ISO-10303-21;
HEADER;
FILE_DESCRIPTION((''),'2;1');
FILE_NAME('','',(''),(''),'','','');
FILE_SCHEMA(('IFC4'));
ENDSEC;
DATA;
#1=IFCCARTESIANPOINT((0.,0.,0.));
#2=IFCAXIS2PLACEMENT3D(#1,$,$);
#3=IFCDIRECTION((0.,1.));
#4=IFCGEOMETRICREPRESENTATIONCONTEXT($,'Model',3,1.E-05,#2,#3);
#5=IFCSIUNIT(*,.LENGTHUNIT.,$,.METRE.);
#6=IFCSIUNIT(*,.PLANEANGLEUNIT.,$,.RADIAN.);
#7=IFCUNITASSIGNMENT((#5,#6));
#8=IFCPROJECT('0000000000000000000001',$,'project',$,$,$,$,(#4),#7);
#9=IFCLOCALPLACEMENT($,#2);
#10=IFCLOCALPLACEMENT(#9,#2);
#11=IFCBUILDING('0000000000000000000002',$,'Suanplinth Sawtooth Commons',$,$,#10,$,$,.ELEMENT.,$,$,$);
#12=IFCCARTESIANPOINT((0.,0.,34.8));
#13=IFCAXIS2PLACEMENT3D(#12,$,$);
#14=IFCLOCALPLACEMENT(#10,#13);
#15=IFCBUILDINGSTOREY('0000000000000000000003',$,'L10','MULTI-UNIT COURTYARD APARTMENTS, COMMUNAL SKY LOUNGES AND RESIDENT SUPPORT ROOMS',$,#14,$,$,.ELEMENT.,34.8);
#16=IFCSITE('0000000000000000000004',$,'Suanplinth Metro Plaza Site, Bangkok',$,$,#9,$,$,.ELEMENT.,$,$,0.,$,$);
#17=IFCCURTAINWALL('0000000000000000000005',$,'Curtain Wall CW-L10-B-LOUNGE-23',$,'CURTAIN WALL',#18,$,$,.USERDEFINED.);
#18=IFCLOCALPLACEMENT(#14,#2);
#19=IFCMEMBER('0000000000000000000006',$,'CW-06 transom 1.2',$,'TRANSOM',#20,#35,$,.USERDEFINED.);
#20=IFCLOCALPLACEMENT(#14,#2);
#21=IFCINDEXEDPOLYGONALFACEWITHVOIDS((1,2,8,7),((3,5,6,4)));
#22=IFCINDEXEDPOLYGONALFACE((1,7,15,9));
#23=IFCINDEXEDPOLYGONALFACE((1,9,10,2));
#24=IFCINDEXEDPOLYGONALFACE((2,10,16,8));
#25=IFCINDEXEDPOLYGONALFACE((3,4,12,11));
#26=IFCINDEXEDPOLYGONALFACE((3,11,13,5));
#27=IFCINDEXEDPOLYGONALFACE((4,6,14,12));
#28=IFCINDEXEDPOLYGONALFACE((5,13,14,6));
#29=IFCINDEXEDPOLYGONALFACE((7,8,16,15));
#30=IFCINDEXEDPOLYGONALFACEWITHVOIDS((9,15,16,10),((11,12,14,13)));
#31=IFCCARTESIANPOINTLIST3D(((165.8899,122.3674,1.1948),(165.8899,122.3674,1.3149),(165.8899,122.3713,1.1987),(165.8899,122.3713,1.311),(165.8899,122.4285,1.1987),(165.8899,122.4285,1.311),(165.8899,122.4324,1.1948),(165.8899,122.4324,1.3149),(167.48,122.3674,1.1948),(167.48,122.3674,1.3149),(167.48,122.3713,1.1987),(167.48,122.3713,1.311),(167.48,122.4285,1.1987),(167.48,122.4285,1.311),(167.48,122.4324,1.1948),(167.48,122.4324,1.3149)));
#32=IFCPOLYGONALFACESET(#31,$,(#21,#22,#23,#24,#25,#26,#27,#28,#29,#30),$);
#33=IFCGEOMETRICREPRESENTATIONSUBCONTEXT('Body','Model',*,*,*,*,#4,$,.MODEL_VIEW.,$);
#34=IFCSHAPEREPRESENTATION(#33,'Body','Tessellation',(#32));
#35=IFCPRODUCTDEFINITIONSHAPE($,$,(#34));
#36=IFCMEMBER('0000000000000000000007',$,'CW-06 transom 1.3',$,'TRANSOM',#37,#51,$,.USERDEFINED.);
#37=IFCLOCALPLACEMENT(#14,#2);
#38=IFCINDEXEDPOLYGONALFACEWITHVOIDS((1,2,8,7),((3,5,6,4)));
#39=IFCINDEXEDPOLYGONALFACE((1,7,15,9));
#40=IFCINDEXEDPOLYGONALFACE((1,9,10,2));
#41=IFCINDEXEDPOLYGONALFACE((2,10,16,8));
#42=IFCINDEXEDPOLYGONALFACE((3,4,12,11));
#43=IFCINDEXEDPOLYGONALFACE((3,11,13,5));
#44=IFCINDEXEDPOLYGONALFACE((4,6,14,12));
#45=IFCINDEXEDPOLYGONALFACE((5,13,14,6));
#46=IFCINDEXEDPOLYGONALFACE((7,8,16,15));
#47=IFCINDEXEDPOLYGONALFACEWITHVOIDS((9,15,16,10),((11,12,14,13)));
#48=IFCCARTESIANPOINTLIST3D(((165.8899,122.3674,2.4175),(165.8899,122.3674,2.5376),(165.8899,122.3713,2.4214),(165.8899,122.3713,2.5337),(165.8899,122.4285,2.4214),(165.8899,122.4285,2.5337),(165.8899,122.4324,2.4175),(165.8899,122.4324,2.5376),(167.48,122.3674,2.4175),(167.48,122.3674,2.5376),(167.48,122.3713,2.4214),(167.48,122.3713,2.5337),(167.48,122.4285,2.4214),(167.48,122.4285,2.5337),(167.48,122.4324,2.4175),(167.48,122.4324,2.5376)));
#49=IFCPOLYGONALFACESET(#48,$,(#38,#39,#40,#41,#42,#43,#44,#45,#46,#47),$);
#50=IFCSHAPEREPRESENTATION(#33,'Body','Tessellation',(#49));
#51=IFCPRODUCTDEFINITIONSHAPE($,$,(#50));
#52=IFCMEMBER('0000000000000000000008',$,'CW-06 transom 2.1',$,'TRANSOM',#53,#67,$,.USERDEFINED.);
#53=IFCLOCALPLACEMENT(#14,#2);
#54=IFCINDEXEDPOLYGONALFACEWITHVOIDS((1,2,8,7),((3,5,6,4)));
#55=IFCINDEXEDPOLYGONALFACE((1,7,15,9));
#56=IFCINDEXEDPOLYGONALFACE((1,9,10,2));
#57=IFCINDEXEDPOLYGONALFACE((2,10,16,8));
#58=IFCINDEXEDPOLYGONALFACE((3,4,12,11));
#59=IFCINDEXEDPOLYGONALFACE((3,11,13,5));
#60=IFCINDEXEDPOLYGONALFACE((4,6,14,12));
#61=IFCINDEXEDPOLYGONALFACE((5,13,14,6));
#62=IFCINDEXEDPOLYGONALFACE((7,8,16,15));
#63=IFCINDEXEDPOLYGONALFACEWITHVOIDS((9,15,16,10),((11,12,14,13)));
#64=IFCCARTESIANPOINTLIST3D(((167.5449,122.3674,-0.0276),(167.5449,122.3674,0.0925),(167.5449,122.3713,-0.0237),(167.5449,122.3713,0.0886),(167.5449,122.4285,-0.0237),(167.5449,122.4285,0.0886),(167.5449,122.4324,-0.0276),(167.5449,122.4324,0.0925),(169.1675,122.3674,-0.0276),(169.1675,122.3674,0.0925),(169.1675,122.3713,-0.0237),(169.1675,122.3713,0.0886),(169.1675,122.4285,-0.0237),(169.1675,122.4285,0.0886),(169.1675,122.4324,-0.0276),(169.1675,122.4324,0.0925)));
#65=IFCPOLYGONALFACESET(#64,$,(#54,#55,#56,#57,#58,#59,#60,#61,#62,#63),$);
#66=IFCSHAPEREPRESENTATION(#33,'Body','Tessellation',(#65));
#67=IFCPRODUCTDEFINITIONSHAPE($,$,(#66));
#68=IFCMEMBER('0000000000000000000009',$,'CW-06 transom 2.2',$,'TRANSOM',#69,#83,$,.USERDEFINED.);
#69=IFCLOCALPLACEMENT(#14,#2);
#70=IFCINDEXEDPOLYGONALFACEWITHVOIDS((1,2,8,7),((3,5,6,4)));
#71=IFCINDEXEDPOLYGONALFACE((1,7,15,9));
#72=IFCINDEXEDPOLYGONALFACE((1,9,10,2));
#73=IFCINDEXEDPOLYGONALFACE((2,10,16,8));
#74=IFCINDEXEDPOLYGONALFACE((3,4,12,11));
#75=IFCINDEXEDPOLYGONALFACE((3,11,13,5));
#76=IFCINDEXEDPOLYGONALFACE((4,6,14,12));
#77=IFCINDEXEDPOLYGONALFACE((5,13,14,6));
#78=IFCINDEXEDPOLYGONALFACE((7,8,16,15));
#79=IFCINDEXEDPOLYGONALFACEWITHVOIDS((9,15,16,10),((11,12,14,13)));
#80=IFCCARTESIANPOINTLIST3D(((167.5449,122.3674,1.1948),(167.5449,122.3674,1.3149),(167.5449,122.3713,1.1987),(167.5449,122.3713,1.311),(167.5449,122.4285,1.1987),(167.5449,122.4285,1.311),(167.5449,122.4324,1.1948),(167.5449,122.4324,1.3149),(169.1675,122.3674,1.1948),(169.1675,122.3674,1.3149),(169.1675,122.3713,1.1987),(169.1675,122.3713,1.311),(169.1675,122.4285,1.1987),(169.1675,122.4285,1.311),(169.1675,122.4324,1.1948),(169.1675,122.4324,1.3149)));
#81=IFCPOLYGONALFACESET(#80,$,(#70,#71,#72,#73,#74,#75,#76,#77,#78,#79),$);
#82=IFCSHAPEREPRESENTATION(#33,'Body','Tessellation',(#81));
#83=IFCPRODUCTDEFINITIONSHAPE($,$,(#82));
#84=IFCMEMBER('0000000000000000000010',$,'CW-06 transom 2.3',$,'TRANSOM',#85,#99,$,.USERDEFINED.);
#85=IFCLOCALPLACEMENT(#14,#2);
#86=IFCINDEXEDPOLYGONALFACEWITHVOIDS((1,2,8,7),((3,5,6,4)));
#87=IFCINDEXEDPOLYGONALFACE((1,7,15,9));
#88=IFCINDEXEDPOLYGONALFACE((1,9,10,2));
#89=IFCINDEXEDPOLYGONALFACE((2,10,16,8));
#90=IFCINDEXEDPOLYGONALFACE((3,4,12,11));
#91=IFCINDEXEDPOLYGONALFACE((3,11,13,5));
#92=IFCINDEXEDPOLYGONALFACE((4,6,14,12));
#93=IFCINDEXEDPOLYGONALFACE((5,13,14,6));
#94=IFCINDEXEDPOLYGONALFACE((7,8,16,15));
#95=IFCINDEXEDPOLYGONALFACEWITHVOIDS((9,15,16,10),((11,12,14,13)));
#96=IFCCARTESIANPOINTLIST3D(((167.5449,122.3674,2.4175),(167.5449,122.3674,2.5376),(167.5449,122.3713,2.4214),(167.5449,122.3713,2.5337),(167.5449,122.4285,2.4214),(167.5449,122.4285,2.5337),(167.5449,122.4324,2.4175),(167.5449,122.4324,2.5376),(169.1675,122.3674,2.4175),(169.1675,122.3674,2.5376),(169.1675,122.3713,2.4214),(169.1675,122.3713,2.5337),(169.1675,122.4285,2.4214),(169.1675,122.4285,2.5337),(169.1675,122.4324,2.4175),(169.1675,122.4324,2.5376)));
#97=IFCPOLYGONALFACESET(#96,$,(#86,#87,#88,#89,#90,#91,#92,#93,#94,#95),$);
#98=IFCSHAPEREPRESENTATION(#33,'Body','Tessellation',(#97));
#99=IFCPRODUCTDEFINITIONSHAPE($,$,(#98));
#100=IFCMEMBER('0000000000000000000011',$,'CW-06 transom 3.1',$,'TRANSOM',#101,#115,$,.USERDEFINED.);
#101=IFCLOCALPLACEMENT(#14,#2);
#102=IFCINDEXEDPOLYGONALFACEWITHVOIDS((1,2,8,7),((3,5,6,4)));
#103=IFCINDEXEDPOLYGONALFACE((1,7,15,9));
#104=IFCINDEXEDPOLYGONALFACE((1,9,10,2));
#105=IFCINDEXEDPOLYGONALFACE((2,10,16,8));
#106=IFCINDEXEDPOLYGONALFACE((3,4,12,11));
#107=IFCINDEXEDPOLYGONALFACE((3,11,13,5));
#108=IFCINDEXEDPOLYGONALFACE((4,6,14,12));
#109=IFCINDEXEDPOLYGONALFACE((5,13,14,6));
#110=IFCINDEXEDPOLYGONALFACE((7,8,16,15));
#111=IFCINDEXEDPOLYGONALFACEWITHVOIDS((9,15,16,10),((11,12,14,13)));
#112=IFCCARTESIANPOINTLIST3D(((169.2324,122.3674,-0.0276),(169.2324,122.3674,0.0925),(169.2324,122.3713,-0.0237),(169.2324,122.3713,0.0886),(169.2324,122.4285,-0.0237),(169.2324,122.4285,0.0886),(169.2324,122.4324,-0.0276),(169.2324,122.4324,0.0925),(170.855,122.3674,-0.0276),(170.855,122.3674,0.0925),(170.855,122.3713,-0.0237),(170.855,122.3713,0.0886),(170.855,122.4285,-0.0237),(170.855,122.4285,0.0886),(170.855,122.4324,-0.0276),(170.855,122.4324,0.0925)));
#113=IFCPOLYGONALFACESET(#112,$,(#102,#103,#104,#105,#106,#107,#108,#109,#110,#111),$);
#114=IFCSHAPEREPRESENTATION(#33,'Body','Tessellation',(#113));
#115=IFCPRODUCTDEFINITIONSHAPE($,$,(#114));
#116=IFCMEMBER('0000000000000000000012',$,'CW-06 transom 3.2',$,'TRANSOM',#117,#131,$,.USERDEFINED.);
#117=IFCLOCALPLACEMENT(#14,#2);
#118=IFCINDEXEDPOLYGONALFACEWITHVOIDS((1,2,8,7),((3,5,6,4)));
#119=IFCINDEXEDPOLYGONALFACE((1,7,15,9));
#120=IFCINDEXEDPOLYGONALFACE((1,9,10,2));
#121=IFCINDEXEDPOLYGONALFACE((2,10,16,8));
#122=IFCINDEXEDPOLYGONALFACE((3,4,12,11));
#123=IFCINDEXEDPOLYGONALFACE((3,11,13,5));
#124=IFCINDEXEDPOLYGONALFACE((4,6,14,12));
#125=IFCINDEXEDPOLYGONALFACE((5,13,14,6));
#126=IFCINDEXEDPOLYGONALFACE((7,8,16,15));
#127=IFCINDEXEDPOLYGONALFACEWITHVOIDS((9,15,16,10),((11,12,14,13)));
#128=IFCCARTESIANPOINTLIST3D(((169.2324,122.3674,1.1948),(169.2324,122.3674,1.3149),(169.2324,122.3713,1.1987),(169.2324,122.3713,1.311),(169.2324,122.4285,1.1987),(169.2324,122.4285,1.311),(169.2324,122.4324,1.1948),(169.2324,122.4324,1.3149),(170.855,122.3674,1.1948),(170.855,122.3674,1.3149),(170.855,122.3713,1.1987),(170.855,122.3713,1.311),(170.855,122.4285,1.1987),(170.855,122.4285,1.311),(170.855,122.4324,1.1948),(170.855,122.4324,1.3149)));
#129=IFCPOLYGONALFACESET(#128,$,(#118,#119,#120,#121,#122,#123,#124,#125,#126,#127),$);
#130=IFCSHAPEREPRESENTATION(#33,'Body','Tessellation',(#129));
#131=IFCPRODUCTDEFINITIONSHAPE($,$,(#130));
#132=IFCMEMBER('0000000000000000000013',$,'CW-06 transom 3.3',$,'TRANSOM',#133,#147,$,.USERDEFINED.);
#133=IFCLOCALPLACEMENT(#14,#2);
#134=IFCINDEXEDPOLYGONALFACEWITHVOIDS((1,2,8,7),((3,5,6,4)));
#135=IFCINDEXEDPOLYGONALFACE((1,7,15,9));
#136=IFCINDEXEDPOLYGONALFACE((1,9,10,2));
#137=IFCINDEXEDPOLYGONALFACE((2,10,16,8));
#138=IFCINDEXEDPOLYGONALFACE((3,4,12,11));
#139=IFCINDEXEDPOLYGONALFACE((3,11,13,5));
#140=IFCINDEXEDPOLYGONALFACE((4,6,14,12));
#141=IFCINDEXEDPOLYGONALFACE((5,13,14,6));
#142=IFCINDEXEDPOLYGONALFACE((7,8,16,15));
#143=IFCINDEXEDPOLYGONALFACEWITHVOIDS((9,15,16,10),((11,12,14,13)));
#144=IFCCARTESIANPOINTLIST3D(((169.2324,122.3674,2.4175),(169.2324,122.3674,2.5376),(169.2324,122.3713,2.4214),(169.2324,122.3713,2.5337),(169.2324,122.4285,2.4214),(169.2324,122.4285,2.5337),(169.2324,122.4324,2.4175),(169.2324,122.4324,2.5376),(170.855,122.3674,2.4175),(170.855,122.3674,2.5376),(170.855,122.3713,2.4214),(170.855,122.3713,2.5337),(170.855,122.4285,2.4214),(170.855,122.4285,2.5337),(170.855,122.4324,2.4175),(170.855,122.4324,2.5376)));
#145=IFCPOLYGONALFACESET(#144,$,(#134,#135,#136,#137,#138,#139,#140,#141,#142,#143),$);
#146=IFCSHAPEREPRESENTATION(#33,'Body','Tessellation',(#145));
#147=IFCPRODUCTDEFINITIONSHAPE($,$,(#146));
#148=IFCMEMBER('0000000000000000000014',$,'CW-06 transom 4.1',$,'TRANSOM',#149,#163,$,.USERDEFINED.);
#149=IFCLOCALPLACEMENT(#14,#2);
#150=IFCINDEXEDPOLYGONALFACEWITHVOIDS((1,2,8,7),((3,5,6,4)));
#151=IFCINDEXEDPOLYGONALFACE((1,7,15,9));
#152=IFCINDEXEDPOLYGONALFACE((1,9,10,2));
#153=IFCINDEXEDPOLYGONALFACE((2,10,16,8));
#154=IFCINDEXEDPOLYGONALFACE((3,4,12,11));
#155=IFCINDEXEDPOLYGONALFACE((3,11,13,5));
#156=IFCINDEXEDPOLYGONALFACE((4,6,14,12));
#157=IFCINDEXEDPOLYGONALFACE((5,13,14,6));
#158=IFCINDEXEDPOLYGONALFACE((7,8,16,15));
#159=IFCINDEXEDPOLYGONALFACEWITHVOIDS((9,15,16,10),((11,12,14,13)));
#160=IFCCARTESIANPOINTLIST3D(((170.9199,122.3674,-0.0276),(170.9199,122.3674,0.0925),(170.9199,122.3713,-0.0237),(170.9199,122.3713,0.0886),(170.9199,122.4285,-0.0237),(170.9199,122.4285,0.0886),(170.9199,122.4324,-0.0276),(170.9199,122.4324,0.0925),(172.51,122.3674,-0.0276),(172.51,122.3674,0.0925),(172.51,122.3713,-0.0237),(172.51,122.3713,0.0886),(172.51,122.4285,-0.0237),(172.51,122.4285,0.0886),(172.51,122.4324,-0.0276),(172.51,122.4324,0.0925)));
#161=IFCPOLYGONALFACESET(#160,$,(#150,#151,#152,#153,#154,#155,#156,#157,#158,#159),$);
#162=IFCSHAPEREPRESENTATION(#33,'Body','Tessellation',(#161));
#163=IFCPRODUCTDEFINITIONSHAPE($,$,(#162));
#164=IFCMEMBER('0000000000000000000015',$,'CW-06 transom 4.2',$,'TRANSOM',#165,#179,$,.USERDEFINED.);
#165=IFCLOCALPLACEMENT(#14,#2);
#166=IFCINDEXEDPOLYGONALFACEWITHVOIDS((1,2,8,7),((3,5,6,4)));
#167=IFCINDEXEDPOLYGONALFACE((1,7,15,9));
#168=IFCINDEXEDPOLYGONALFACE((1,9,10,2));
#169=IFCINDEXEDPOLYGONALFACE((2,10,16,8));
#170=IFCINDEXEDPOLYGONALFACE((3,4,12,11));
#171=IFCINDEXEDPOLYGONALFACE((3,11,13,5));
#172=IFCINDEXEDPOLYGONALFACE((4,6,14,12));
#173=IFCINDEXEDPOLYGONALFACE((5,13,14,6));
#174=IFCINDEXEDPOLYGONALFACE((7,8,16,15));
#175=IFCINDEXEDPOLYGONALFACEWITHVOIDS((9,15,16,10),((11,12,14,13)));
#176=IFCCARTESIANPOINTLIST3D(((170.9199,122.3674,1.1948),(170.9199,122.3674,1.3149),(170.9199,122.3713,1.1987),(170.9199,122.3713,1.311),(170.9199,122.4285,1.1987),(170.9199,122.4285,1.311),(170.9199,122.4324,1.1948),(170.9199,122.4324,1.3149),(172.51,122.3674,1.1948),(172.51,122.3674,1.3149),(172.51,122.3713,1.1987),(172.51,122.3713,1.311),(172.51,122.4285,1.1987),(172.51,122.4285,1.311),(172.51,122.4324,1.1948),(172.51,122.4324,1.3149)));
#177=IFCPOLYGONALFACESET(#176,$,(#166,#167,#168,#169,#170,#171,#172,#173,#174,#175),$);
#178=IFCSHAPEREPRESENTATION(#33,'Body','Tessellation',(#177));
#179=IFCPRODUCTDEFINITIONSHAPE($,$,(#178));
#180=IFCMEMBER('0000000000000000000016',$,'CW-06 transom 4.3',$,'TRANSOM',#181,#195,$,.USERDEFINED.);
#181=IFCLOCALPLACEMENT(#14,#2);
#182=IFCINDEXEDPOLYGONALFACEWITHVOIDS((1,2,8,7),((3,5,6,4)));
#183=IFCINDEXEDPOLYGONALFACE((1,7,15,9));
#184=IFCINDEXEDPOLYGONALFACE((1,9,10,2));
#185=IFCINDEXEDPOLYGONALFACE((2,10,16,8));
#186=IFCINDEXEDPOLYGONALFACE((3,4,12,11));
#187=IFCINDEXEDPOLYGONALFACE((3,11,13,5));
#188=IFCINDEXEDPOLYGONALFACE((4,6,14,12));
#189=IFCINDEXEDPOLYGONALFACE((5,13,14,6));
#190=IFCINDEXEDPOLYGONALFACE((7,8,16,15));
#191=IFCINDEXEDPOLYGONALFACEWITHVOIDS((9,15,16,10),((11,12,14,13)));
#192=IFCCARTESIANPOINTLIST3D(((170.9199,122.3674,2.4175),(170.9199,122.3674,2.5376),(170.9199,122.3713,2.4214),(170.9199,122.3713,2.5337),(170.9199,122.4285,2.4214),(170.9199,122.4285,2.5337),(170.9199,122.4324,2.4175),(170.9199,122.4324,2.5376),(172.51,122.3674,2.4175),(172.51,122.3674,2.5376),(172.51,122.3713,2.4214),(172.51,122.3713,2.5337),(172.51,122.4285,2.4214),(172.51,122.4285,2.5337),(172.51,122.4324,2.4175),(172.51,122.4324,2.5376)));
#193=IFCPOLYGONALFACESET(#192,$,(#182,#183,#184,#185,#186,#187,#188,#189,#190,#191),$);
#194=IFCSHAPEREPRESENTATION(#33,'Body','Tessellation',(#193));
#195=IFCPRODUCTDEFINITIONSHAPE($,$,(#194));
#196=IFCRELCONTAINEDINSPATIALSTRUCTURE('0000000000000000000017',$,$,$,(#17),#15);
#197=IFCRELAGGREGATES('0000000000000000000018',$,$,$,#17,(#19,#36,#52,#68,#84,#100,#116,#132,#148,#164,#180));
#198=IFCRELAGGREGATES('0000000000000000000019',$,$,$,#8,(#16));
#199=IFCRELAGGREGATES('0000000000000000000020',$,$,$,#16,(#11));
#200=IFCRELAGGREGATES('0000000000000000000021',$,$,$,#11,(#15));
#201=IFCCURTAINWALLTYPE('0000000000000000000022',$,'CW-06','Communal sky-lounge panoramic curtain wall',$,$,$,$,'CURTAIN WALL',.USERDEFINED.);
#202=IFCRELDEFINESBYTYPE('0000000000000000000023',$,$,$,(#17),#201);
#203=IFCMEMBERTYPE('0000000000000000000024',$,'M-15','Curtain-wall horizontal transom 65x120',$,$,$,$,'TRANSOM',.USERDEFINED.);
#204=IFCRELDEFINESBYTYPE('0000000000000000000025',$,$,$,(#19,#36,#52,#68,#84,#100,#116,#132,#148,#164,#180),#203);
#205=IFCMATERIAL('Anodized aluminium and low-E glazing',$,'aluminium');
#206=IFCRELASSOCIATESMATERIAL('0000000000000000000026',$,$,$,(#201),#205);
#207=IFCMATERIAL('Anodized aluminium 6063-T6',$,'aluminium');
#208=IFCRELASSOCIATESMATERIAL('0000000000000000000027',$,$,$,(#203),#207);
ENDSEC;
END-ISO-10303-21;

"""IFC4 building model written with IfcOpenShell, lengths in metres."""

from ifc_helpers import new_model, si_unit, direction, frame, origin, origin_2d, place, context, subcontext, project, spatial, hollow_rectangle, extrude, material, material_profile, profile_set, type_object, element, aggregate, save


model = new_model("IFC4")

# Units and contexts
model_context = context("Model", 3, precision=1e-05, world=origin(), true_north=direction((0.0, 1.0)))
body_context = subcontext(model_context, "Body", "Model", "MODEL_VIEW")
ifc_project = project(units=[si_unit("LENGTHUNIT", "METRE"), si_unit("PLANEANGLEUNIT", "RADIAN")], contexts=[model_context])

# Site, building, storey
site_placement = place(None, origin())
site = spatial("IfcSite", under=ifc_project, at=site_placement, Name="Suanplinth Metro Plaza Site, Bangkok", CompositionType="ELEMENT", RefElevation=0.0)
building_placement = place(site_placement, origin())
building = spatial("IfcBuilding", under=site, at=building_placement, Name="Suanplinth Sawtooth Commons", CompositionType="ELEMENT")
storey_placement = place(building_placement, frame((0.0, 0.0, 34.8)))
storey = spatial("IfcBuildingStorey", under=building, at=storey_placement, Name="L10", Description="MULTI-UNIT COURTYARD APARTMENTS, COMMUNAL SKY LOUNGES AND RESIDENT SUPPORT ROOMS", CompositionType="ELEMENT", Elevation=34.8)

# Curtain wall, members
ifc_material_1 = material(Name="Anodized aluminium and low-E glazing", Category="aluminium")
curtain_wall_type = type_object("IfcCurtainWallType", Name="CW-06", Description="Communal sky-lounge panoramic curtain wall", ElementType="CURTAIN WALL", PredefinedType="USERDEFINED", material=ifc_material_1)
curtain_wall_placement = place(storey_placement, origin())
curtain_wall = element("IfcCurtainWall", 1, at=curtain_wall_placement, inside=storey, type_object=curtain_wall_type, Name="Curtain Wall CW-L10-B-LOUNGE-23", ObjectType="CURTAIN WALL", PredefinedType="USERDEFINED")
ifc_material_2 = material(Name="Anodized aluminium 6063-T6", Category="aluminium")
ifc_material_profile_1 = material_profile(ifc_material_2, hollow_rectangle(XDim=0.0649, YDim=0.1201, WallThickness=0.0039, at=origin_2d()), Name="ALU-TRN 65x120")
ifc_profile_set_1 = profile_set([ifc_material_profile_1], Name="Anodized aluminium 6063-T6")
member_type_1 = type_object("IfcMemberType", Name="M-15", Description="Curtain-wall horizontal transom 65x120", ElementType="TRANSOM", PredefinedType="USERDEFINED", material=ifc_profile_set_1)
member_1_placement = place(storey_placement, frame((165.8899, 122.3999, 1.2549), z_axis=(1.0, 0.0, 0.0), x_axis=(0.0, 1.0, 0.0)))
member_1 = element("IfcMember", 2, at=member_1_placement, type_object=member_type_1, Name="CW-06 transom 1.2", ObjectType="TRANSOM", PredefinedType="USERDEFINED", context=body_context, shape_type="SweptSolid", body=[
    extrude(hollow_rectangle(XDim=0.0649, YDim=0.1201, WallThickness=0.0039, at=origin_2d()), origin(), (0.0, 0.0, 1.0), 1.5901),
])
member_2_placement = place(storey_placement, frame((165.8899, 122.3999, 2.4775), z_axis=(1.0, 0.0, 0.0), x_axis=(0.0, 1.0, 0.0)))
member_2 = element("IfcMember", 3, at=member_2_placement, type_object=member_type_1, Name="CW-06 transom 1.3", ObjectType="TRANSOM", PredefinedType="USERDEFINED", context=body_context, shape_type="SweptSolid", body=[
    extrude(hollow_rectangle(XDim=0.0649, YDim=0.1201, WallThickness=0.0039, at=origin_2d()), origin(), (0.0, 0.0, 1.0), 1.5901),
])
member_3_placement = place(storey_placement, frame((167.5449, 122.3999, 0.0325), z_axis=(1.0, 0.0, 0.0), x_axis=(0.0, 1.0, 0.0)))
member_3 = element("IfcMember", 4, at=member_3_placement, type_object=member_type_1, Name="CW-06 transom 2.1", ObjectType="TRANSOM", PredefinedType="USERDEFINED", context=body_context, shape_type="SweptSolid", body=[
    extrude(hollow_rectangle(XDim=0.0649, YDim=0.1201, WallThickness=0.0039, at=origin_2d()), origin(), (0.0, 0.0, 1.0), 1.6226),
])
member_4_placement = place(storey_placement, frame((167.5449, 122.3999, 1.2549), z_axis=(1.0, 0.0, 0.0), x_axis=(0.0, 1.0, 0.0)))
member_4 = element("IfcMember", 5, at=member_4_placement, type_object=member_type_1, Name="CW-06 transom 2.2", ObjectType="TRANSOM", PredefinedType="USERDEFINED", context=body_context, shape_type="SweptSolid", body=[
    extrude(hollow_rectangle(XDim=0.0649, YDim=0.1201, WallThickness=0.0039, at=origin_2d()), origin(), (0.0, 0.0, 1.0), 1.6226),
])
member_5_placement = place(storey_placement, frame((167.5449, 122.3999, 2.4775), z_axis=(1.0, 0.0, 0.0), x_axis=(0.0, 1.0, 0.0)))
member_5 = element("IfcMember", 6, at=member_5_placement, type_object=member_type_1, Name="CW-06 transom 2.3", ObjectType="TRANSOM", PredefinedType="USERDEFINED", context=body_context, shape_type="SweptSolid", body=[
    extrude(hollow_rectangle(XDim=0.0649, YDim=0.1201, WallThickness=0.0039, at=origin_2d()), origin(), (0.0, 0.0, 1.0), 1.6226),
])
member_6_placement = place(storey_placement, frame((169.2324, 122.3999, 0.0325), z_axis=(1.0, 0.0, 0.0), x_axis=(0.0, 1.0, 0.0)))
member_6 = element("IfcMember", 7, at=member_6_placement, type_object=member_type_1, Name="CW-06 transom 3.1", ObjectType="TRANSOM", PredefinedType="USERDEFINED", context=body_context, shape_type="SweptSolid", body=[
    extrude(hollow_rectangle(XDim=0.0649, YDim=0.1201, WallThickness=0.0039, at=origin_2d()), origin(), (0.0, 0.0, 1.0), 1.6226),
])
member_7_placement = place(storey_placement, frame((169.2324, 122.3999, 1.2549), z_axis=(1.0, 0.0, 0.0), x_axis=(0.0, 1.0, 0.0)))
member_7 = element("IfcMember", 8, at=member_7_placement, type_object=member_type_1, Name="CW-06 transom 3.2", ObjectType="TRANSOM", PredefinedType="USERDEFINED", context=body_context, shape_type="SweptSolid", body=[
    extrude(hollow_rectangle(XDim=0.0649, YDim=0.1201, WallThickness=0.0039, at=origin_2d()), origin(), (0.0, 0.0, 1.0), 1.6226),
])
member_8_placement = place(storey_placement, frame((169.2324, 122.3999, 2.4775), z_axis=(1.0, 0.0, 0.0), x_axis=(0.0, 1.0, 0.0)))
member_8 = element("IfcMember", 9, at=member_8_placement, type_object=member_type_1, Name="CW-06 transom 3.3", ObjectType="TRANSOM", PredefinedType="USERDEFINED", context=body_context, shape_type="SweptSolid", body=[
    extrude(hollow_rectangle(XDim=0.0649, YDim=0.1201, WallThickness=0.0039, at=origin_2d()), origin(), (0.0, 0.0, 1.0), 1.6226),
])
member_9_placement = place(storey_placement, frame((170.9199, 122.3999, 0.0325), z_axis=(1.0, 0.0, 0.0), x_axis=(0.0, 1.0, 0.0)))
member_9 = element("IfcMember", 10, at=member_9_placement, type_object=member_type_1, Name="CW-06 transom 4.1", ObjectType="TRANSOM", PredefinedType="USERDEFINED", context=body_context, shape_type="SweptSolid", body=[
    extrude(hollow_rectangle(XDim=0.0649, YDim=0.1201, WallThickness=0.0039, at=origin_2d()), origin(), (0.0, 0.0, 1.0), 1.5901),
])
member_10_placement = place(storey_placement, frame((170.9199, 122.3999, 1.2549), z_axis=(1.0, 0.0, 0.0), x_axis=(0.0, 1.0, 0.0)))
member_10 = element("IfcMember", 11, at=member_10_placement, type_object=member_type_1, Name="CW-06 transom 4.2", ObjectType="TRANSOM", PredefinedType="USERDEFINED", context=body_context, shape_type="SweptSolid", body=[
    extrude(hollow_rectangle(XDim=0.0649, YDim=0.1201, WallThickness=0.0039, at=origin_2d()), origin(), (0.0, 0.0, 1.0), 1.5901),
])
member_11_placement = place(storey_placement, frame((170.9199, 122.3999, 2.4775), z_axis=(1.0, 0.0, 0.0), x_axis=(0.0, 1.0, 0.0)))
member_11 = element("IfcMember", 12, at=member_11_placement, type_object=member_type_1, Name="CW-06 transom 4.3", ObjectType="TRANSOM", PredefinedType="USERDEFINED", context=body_context, shape_type="SweptSolid", body=[
    extrude(hollow_rectangle(XDim=0.0649, YDim=0.1201, WallThickness=0.0039, at=origin_2d()), origin(), (0.0, 0.0, 1.0), 1.5901),
])

aggregate(curtain_wall, [member_1, member_2, member_3, member_4, member_5, member_6, member_7, member_8, member_9, member_10, member_11])

save(model, "model.ifc")
